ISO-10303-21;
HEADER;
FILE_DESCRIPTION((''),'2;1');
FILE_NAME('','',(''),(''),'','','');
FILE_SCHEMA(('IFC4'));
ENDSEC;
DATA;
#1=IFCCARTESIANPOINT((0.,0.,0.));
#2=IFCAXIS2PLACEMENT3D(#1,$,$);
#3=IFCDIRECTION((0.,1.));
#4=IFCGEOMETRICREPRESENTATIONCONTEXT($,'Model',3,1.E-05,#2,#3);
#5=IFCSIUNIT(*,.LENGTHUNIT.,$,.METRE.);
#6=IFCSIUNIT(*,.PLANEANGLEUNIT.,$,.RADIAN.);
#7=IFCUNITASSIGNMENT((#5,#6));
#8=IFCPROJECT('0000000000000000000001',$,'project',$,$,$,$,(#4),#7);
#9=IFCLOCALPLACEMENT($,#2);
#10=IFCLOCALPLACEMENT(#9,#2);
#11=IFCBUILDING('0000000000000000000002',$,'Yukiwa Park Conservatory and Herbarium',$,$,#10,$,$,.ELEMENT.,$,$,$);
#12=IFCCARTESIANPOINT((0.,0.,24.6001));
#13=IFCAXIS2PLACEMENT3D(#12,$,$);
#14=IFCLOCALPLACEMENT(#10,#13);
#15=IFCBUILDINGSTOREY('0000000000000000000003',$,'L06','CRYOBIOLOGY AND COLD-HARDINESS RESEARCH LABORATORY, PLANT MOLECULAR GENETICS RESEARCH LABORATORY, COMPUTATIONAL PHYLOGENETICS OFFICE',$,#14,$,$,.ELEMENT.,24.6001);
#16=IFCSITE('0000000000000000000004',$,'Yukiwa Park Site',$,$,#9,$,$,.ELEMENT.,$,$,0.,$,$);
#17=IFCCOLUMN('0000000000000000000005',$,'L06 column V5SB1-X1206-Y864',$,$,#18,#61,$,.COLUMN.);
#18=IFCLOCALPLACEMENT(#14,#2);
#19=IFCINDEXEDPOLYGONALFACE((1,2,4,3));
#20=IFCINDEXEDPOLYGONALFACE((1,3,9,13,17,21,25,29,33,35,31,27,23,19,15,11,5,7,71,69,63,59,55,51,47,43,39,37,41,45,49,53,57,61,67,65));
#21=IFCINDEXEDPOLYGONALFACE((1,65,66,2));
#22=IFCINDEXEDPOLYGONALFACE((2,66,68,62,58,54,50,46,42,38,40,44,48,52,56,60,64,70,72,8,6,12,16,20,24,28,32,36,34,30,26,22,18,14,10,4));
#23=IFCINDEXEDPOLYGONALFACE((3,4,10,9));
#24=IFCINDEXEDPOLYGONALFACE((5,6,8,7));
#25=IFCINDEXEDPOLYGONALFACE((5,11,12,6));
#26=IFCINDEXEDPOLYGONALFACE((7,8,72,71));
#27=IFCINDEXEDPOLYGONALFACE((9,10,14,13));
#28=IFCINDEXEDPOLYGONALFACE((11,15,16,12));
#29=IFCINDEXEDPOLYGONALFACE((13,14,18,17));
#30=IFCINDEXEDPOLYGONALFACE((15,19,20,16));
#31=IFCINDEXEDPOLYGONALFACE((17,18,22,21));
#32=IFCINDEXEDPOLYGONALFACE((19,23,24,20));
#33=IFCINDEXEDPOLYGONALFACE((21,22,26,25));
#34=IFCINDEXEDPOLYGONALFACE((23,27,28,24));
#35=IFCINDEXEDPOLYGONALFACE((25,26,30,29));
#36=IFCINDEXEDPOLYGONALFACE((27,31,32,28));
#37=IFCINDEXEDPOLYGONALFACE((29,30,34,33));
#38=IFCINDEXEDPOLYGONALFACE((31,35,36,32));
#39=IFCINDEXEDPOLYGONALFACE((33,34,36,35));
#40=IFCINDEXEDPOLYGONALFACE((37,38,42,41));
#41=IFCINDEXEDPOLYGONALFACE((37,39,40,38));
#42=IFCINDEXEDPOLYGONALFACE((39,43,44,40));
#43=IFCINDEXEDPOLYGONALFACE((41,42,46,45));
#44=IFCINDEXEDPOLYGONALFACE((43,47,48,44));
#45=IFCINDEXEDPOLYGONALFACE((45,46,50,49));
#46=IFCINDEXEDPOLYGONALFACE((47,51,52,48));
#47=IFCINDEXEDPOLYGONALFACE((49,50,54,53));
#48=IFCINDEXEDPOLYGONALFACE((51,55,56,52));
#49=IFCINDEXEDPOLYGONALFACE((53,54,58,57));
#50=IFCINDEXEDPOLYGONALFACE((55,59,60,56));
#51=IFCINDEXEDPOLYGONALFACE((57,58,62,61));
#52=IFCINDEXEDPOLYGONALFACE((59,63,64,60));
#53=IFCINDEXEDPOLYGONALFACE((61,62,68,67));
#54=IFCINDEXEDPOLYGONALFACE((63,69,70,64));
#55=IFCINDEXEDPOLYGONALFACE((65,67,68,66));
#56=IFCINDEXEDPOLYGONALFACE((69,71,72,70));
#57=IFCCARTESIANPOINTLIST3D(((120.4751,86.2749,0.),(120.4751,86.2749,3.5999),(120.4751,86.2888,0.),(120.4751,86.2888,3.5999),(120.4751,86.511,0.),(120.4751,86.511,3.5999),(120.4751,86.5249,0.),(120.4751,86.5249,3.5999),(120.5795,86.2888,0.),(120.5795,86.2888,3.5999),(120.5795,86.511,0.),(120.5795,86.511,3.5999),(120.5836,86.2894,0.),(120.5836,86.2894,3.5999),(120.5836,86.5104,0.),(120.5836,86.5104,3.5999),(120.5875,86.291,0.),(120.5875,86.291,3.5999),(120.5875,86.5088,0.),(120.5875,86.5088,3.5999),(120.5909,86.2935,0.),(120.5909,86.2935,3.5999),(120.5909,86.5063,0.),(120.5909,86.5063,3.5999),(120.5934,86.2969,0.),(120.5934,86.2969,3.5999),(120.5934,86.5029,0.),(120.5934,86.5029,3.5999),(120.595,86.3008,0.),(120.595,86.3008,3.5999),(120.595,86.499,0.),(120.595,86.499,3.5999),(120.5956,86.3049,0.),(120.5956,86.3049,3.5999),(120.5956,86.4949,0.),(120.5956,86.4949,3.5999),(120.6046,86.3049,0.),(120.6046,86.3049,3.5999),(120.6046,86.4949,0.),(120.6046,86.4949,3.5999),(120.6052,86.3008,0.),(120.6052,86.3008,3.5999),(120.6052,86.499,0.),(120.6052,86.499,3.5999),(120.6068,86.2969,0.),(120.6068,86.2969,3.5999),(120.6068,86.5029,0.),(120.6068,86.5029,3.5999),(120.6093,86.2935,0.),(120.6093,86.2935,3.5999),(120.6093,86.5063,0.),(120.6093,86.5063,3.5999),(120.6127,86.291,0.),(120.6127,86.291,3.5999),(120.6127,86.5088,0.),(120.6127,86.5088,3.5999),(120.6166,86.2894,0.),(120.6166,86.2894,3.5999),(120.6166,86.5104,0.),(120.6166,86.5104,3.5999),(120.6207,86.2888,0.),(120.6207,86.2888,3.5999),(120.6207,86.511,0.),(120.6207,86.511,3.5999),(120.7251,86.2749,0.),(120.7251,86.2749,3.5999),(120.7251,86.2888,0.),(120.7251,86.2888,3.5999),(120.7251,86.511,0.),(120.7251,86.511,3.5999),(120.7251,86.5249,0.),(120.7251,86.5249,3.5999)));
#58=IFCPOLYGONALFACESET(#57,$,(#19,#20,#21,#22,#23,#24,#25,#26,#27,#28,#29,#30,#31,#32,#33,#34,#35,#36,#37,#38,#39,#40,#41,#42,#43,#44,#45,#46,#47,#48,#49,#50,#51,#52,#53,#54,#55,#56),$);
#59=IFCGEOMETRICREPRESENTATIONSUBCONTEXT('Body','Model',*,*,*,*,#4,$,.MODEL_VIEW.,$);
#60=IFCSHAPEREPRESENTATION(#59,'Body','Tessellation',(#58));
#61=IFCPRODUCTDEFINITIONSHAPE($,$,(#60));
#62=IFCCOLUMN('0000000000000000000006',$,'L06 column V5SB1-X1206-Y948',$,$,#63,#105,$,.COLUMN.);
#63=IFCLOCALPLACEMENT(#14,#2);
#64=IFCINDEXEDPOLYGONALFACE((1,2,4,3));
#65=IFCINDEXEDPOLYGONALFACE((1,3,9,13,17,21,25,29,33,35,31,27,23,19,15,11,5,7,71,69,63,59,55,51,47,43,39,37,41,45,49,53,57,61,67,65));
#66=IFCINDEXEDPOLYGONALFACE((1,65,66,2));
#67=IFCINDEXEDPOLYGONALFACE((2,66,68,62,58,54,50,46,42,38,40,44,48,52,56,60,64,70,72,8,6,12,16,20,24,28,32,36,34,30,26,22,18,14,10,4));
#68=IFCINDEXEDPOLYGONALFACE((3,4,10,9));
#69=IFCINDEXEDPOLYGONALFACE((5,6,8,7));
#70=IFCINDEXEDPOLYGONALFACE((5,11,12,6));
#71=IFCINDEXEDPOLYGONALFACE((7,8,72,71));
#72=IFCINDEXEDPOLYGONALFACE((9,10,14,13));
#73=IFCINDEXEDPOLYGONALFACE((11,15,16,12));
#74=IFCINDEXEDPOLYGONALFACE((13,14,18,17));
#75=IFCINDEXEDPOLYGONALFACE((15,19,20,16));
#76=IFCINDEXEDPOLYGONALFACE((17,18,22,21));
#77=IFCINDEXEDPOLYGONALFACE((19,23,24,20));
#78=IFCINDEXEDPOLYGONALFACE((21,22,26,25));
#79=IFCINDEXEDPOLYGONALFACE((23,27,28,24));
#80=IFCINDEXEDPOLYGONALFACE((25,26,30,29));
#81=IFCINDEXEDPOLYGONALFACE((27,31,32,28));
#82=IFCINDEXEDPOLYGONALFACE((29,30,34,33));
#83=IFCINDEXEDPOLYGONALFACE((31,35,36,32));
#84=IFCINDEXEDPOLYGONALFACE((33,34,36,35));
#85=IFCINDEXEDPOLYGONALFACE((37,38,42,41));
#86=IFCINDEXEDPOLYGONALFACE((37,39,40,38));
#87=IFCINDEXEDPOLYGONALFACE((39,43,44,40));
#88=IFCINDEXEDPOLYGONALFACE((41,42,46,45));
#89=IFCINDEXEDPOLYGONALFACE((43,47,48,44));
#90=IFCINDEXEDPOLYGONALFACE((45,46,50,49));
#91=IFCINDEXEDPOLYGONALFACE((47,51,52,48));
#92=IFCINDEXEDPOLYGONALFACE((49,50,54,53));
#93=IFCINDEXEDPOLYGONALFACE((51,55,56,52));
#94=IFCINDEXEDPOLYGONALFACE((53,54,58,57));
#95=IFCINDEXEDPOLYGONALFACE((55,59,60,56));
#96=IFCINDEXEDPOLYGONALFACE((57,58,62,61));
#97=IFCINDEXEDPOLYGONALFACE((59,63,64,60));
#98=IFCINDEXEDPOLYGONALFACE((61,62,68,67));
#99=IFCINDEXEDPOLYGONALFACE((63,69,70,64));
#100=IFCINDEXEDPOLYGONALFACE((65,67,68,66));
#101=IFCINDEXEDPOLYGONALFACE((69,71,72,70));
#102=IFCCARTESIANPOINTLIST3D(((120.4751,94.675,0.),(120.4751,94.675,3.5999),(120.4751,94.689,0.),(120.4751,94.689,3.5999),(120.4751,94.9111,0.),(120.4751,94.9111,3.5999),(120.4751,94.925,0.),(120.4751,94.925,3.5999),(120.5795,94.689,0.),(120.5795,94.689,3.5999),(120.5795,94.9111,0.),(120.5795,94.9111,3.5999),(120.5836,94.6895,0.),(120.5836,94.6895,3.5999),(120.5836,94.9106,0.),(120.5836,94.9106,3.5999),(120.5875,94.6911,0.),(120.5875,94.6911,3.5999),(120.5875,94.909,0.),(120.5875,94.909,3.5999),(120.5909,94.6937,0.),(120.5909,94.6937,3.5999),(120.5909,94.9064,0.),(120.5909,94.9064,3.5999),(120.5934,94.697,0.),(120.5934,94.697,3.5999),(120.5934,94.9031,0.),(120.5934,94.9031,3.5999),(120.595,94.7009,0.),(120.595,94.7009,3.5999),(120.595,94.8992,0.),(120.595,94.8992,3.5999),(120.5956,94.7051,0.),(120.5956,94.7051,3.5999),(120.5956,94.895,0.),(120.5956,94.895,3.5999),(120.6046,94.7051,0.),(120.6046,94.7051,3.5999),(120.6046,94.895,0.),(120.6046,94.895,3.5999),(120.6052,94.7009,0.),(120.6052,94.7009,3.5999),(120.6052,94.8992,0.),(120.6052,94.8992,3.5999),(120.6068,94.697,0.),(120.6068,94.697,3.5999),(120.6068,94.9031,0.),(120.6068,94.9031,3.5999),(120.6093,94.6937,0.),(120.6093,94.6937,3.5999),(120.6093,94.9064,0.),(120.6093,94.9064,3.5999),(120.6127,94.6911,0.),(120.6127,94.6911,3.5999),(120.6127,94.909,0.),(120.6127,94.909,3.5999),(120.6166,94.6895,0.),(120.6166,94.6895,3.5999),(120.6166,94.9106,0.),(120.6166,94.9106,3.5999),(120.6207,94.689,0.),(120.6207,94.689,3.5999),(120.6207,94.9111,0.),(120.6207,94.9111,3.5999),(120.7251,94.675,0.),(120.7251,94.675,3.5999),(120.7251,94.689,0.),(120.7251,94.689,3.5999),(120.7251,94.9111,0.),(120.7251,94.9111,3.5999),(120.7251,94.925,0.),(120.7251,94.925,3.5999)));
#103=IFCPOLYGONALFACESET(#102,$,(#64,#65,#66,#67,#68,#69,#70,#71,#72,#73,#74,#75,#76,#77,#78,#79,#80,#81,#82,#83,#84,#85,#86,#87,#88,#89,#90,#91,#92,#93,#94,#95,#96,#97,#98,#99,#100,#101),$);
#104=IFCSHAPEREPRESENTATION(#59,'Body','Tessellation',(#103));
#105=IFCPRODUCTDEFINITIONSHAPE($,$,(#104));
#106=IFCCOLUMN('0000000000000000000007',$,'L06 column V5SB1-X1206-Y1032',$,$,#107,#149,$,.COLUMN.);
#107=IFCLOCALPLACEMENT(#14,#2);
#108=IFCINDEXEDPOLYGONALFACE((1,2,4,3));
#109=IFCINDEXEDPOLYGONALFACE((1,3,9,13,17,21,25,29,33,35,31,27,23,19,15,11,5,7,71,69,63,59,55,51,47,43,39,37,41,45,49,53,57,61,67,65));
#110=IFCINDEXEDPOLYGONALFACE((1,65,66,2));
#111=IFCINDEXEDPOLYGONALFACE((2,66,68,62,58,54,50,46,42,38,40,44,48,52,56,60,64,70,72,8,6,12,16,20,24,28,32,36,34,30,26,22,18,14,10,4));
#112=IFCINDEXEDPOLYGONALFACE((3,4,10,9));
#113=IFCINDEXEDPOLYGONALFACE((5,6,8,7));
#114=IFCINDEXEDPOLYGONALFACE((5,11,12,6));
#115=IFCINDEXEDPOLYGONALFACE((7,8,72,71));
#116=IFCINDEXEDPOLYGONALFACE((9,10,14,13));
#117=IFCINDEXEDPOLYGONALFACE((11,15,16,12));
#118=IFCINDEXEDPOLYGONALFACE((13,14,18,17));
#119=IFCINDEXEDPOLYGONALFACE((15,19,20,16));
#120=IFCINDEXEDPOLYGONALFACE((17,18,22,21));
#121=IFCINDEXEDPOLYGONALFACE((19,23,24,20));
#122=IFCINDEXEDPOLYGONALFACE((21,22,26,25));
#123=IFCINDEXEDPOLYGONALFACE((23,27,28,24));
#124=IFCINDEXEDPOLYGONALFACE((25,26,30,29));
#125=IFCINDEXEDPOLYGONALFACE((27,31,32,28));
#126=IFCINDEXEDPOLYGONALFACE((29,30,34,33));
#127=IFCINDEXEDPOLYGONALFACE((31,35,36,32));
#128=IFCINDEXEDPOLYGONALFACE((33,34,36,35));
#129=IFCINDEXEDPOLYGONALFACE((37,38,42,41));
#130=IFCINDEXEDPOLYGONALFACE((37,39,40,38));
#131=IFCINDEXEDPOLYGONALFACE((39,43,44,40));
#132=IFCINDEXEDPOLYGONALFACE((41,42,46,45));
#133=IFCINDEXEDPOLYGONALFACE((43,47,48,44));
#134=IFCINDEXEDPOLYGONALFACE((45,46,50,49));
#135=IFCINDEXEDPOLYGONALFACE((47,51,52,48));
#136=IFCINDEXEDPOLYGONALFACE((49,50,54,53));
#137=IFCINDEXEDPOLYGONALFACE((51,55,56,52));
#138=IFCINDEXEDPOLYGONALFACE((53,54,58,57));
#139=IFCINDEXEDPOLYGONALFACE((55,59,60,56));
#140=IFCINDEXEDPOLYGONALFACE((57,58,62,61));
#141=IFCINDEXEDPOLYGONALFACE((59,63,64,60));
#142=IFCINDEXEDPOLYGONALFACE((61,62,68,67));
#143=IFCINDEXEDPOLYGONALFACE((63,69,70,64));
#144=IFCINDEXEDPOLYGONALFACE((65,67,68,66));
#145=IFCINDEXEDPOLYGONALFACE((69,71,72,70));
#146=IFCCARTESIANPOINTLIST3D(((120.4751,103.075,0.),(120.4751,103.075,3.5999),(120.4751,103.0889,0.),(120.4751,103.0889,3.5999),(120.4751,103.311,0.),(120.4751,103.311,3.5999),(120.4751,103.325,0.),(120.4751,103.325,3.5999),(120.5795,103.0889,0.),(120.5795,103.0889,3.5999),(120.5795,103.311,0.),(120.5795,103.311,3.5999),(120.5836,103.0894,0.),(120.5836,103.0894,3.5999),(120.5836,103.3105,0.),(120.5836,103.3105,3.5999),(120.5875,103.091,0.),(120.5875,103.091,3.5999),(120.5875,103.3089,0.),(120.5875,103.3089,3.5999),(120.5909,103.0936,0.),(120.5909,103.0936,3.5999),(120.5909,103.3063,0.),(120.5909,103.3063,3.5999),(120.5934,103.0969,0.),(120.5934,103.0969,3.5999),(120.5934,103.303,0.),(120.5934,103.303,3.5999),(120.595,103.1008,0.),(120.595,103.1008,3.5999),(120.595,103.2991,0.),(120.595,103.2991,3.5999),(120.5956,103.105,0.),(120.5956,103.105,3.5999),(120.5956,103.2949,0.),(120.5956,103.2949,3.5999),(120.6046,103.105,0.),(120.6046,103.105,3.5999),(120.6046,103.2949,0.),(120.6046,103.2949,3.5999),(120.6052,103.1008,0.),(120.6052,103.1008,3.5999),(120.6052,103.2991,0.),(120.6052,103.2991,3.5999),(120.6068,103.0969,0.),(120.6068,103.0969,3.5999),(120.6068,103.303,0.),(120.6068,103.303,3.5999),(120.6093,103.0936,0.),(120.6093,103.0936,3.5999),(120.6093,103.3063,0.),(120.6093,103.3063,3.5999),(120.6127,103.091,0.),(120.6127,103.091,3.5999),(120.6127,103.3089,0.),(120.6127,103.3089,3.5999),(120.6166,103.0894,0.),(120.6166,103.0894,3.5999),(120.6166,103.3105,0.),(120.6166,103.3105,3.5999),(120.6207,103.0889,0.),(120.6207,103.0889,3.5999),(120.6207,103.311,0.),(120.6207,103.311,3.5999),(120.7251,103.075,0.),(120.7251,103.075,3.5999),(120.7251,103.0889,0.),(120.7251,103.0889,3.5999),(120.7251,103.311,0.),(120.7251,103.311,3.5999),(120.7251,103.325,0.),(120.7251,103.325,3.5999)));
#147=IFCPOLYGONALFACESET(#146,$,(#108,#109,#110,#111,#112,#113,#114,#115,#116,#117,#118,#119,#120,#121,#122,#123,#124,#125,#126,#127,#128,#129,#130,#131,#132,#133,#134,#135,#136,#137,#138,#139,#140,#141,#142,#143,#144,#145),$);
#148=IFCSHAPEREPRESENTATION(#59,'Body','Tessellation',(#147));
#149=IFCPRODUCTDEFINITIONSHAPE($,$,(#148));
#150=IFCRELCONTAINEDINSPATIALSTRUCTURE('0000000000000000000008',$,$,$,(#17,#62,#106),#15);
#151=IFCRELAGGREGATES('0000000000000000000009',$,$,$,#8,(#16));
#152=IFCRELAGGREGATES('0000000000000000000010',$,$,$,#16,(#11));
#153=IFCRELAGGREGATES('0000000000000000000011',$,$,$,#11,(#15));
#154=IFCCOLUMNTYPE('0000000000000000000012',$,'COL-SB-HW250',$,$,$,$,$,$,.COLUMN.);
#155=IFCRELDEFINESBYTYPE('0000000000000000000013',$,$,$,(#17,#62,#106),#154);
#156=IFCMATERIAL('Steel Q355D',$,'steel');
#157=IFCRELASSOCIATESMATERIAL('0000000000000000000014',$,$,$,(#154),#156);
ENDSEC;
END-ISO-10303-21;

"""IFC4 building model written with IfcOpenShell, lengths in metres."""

from ifc_helpers import new_model, si_unit, direction, frame, origin, origin_2d, place, context, subcontext, project, spatial, i_section, extrude, material, material_profile, profile_set, type_object, element, save


model = new_model("IFC4")

# Units and contexts
model_context = context("Model", 3, precision=1e-05, world=origin(), true_north=direction((0.0, 1.0)))
body_context = subcontext(model_context, "Body", "Model", "MODEL_VIEW")
ifc_project = project(units=[si_unit("LENGTHUNIT", "METRE"), si_unit("PLANEANGLEUNIT", "RADIAN")], contexts=[model_context])

# Site, building, storey
site_placement = place(None, origin())
site = spatial("IfcSite", under=ifc_project, at=site_placement, Name="Yukiwa Park Site", CompositionType="ELEMENT", RefElevation=0.0)
building_placement = place(site_placement, origin())
building = spatial("IfcBuilding", under=site, at=building_placement, Name="Yukiwa Park Conservatory and Herbarium", CompositionType="ELEMENT")
storey_placement = place(building_placement, frame((0.0, 0.0, 24.6001)))
storey = spatial("IfcBuildingStorey", under=building, at=storey_placement, Name="L06", Description="CRYOBIOLOGY AND COLD-HARDINESS RESEARCH LABORATORY, PLANT MOLECULAR GENETICS RESEARCH LABORATORY, COMPUTATIONAL PHYLOGENETICS OFFICE", CompositionType="ELEMENT", Elevation=24.6001)

# Columns
ifc_material_1 = material(Name="Steel Q355D", Category="steel")
ifc_material_profile_1 = material_profile(ifc_material_1, i_section(OverallWidth=0.25, OverallDepth=0.25, WebThickness=0.009, FlangeThickness=0.0139, FilletRadius=0.0161, at=origin_2d()), Name="HW 250x250x9x14")
ifc_profile_set_1 = profile_set([ifc_material_profile_1], Name="Steel Q355D")
column_type_1 = type_object("IfcColumnType", Name="COL-SB-HW250", PredefinedType="COLUMN", material=ifc_profile_set_1)
for number, where, z_axis, x_axis, name in (
    (1, (120.6001, 86.3999, 0.0), (0.0, 0.0, 1.0), (1.0, 0.0, 0.0), "L06 column V5SB1-X1206-Y864"),
    (2, (120.6001, 94.8, 0.0), (0.0, 0.0, 1.0), (1.0, 0.0, 0.0), "L06 column V5SB1-X1206-Y948"),
    (3, (120.6001, 103.2, 0.0), (0.0, 0.0, 1.0), (1.0, 0.0, 0.0), "L06 column V5SB1-X1206-Y1032"),
):
    element("IfcColumn", number, at=place(storey_placement, frame(where, z_axis=z_axis, x_axis=x_axis)), inside=storey, type_object=column_type_1, Name=name, PredefinedType="COLUMN", context=body_context, shape_type="SweptSolid", body=[
        extrude(i_section(OverallWidth=0.25, OverallDepth=0.25, WebThickness=0.009, FlangeThickness=0.0139, FilletRadius=0.0161, at=origin_2d()), origin(), (0.0, 0.0, 1.0), 3.5999),
    ])

save(model, "model.ifc")
